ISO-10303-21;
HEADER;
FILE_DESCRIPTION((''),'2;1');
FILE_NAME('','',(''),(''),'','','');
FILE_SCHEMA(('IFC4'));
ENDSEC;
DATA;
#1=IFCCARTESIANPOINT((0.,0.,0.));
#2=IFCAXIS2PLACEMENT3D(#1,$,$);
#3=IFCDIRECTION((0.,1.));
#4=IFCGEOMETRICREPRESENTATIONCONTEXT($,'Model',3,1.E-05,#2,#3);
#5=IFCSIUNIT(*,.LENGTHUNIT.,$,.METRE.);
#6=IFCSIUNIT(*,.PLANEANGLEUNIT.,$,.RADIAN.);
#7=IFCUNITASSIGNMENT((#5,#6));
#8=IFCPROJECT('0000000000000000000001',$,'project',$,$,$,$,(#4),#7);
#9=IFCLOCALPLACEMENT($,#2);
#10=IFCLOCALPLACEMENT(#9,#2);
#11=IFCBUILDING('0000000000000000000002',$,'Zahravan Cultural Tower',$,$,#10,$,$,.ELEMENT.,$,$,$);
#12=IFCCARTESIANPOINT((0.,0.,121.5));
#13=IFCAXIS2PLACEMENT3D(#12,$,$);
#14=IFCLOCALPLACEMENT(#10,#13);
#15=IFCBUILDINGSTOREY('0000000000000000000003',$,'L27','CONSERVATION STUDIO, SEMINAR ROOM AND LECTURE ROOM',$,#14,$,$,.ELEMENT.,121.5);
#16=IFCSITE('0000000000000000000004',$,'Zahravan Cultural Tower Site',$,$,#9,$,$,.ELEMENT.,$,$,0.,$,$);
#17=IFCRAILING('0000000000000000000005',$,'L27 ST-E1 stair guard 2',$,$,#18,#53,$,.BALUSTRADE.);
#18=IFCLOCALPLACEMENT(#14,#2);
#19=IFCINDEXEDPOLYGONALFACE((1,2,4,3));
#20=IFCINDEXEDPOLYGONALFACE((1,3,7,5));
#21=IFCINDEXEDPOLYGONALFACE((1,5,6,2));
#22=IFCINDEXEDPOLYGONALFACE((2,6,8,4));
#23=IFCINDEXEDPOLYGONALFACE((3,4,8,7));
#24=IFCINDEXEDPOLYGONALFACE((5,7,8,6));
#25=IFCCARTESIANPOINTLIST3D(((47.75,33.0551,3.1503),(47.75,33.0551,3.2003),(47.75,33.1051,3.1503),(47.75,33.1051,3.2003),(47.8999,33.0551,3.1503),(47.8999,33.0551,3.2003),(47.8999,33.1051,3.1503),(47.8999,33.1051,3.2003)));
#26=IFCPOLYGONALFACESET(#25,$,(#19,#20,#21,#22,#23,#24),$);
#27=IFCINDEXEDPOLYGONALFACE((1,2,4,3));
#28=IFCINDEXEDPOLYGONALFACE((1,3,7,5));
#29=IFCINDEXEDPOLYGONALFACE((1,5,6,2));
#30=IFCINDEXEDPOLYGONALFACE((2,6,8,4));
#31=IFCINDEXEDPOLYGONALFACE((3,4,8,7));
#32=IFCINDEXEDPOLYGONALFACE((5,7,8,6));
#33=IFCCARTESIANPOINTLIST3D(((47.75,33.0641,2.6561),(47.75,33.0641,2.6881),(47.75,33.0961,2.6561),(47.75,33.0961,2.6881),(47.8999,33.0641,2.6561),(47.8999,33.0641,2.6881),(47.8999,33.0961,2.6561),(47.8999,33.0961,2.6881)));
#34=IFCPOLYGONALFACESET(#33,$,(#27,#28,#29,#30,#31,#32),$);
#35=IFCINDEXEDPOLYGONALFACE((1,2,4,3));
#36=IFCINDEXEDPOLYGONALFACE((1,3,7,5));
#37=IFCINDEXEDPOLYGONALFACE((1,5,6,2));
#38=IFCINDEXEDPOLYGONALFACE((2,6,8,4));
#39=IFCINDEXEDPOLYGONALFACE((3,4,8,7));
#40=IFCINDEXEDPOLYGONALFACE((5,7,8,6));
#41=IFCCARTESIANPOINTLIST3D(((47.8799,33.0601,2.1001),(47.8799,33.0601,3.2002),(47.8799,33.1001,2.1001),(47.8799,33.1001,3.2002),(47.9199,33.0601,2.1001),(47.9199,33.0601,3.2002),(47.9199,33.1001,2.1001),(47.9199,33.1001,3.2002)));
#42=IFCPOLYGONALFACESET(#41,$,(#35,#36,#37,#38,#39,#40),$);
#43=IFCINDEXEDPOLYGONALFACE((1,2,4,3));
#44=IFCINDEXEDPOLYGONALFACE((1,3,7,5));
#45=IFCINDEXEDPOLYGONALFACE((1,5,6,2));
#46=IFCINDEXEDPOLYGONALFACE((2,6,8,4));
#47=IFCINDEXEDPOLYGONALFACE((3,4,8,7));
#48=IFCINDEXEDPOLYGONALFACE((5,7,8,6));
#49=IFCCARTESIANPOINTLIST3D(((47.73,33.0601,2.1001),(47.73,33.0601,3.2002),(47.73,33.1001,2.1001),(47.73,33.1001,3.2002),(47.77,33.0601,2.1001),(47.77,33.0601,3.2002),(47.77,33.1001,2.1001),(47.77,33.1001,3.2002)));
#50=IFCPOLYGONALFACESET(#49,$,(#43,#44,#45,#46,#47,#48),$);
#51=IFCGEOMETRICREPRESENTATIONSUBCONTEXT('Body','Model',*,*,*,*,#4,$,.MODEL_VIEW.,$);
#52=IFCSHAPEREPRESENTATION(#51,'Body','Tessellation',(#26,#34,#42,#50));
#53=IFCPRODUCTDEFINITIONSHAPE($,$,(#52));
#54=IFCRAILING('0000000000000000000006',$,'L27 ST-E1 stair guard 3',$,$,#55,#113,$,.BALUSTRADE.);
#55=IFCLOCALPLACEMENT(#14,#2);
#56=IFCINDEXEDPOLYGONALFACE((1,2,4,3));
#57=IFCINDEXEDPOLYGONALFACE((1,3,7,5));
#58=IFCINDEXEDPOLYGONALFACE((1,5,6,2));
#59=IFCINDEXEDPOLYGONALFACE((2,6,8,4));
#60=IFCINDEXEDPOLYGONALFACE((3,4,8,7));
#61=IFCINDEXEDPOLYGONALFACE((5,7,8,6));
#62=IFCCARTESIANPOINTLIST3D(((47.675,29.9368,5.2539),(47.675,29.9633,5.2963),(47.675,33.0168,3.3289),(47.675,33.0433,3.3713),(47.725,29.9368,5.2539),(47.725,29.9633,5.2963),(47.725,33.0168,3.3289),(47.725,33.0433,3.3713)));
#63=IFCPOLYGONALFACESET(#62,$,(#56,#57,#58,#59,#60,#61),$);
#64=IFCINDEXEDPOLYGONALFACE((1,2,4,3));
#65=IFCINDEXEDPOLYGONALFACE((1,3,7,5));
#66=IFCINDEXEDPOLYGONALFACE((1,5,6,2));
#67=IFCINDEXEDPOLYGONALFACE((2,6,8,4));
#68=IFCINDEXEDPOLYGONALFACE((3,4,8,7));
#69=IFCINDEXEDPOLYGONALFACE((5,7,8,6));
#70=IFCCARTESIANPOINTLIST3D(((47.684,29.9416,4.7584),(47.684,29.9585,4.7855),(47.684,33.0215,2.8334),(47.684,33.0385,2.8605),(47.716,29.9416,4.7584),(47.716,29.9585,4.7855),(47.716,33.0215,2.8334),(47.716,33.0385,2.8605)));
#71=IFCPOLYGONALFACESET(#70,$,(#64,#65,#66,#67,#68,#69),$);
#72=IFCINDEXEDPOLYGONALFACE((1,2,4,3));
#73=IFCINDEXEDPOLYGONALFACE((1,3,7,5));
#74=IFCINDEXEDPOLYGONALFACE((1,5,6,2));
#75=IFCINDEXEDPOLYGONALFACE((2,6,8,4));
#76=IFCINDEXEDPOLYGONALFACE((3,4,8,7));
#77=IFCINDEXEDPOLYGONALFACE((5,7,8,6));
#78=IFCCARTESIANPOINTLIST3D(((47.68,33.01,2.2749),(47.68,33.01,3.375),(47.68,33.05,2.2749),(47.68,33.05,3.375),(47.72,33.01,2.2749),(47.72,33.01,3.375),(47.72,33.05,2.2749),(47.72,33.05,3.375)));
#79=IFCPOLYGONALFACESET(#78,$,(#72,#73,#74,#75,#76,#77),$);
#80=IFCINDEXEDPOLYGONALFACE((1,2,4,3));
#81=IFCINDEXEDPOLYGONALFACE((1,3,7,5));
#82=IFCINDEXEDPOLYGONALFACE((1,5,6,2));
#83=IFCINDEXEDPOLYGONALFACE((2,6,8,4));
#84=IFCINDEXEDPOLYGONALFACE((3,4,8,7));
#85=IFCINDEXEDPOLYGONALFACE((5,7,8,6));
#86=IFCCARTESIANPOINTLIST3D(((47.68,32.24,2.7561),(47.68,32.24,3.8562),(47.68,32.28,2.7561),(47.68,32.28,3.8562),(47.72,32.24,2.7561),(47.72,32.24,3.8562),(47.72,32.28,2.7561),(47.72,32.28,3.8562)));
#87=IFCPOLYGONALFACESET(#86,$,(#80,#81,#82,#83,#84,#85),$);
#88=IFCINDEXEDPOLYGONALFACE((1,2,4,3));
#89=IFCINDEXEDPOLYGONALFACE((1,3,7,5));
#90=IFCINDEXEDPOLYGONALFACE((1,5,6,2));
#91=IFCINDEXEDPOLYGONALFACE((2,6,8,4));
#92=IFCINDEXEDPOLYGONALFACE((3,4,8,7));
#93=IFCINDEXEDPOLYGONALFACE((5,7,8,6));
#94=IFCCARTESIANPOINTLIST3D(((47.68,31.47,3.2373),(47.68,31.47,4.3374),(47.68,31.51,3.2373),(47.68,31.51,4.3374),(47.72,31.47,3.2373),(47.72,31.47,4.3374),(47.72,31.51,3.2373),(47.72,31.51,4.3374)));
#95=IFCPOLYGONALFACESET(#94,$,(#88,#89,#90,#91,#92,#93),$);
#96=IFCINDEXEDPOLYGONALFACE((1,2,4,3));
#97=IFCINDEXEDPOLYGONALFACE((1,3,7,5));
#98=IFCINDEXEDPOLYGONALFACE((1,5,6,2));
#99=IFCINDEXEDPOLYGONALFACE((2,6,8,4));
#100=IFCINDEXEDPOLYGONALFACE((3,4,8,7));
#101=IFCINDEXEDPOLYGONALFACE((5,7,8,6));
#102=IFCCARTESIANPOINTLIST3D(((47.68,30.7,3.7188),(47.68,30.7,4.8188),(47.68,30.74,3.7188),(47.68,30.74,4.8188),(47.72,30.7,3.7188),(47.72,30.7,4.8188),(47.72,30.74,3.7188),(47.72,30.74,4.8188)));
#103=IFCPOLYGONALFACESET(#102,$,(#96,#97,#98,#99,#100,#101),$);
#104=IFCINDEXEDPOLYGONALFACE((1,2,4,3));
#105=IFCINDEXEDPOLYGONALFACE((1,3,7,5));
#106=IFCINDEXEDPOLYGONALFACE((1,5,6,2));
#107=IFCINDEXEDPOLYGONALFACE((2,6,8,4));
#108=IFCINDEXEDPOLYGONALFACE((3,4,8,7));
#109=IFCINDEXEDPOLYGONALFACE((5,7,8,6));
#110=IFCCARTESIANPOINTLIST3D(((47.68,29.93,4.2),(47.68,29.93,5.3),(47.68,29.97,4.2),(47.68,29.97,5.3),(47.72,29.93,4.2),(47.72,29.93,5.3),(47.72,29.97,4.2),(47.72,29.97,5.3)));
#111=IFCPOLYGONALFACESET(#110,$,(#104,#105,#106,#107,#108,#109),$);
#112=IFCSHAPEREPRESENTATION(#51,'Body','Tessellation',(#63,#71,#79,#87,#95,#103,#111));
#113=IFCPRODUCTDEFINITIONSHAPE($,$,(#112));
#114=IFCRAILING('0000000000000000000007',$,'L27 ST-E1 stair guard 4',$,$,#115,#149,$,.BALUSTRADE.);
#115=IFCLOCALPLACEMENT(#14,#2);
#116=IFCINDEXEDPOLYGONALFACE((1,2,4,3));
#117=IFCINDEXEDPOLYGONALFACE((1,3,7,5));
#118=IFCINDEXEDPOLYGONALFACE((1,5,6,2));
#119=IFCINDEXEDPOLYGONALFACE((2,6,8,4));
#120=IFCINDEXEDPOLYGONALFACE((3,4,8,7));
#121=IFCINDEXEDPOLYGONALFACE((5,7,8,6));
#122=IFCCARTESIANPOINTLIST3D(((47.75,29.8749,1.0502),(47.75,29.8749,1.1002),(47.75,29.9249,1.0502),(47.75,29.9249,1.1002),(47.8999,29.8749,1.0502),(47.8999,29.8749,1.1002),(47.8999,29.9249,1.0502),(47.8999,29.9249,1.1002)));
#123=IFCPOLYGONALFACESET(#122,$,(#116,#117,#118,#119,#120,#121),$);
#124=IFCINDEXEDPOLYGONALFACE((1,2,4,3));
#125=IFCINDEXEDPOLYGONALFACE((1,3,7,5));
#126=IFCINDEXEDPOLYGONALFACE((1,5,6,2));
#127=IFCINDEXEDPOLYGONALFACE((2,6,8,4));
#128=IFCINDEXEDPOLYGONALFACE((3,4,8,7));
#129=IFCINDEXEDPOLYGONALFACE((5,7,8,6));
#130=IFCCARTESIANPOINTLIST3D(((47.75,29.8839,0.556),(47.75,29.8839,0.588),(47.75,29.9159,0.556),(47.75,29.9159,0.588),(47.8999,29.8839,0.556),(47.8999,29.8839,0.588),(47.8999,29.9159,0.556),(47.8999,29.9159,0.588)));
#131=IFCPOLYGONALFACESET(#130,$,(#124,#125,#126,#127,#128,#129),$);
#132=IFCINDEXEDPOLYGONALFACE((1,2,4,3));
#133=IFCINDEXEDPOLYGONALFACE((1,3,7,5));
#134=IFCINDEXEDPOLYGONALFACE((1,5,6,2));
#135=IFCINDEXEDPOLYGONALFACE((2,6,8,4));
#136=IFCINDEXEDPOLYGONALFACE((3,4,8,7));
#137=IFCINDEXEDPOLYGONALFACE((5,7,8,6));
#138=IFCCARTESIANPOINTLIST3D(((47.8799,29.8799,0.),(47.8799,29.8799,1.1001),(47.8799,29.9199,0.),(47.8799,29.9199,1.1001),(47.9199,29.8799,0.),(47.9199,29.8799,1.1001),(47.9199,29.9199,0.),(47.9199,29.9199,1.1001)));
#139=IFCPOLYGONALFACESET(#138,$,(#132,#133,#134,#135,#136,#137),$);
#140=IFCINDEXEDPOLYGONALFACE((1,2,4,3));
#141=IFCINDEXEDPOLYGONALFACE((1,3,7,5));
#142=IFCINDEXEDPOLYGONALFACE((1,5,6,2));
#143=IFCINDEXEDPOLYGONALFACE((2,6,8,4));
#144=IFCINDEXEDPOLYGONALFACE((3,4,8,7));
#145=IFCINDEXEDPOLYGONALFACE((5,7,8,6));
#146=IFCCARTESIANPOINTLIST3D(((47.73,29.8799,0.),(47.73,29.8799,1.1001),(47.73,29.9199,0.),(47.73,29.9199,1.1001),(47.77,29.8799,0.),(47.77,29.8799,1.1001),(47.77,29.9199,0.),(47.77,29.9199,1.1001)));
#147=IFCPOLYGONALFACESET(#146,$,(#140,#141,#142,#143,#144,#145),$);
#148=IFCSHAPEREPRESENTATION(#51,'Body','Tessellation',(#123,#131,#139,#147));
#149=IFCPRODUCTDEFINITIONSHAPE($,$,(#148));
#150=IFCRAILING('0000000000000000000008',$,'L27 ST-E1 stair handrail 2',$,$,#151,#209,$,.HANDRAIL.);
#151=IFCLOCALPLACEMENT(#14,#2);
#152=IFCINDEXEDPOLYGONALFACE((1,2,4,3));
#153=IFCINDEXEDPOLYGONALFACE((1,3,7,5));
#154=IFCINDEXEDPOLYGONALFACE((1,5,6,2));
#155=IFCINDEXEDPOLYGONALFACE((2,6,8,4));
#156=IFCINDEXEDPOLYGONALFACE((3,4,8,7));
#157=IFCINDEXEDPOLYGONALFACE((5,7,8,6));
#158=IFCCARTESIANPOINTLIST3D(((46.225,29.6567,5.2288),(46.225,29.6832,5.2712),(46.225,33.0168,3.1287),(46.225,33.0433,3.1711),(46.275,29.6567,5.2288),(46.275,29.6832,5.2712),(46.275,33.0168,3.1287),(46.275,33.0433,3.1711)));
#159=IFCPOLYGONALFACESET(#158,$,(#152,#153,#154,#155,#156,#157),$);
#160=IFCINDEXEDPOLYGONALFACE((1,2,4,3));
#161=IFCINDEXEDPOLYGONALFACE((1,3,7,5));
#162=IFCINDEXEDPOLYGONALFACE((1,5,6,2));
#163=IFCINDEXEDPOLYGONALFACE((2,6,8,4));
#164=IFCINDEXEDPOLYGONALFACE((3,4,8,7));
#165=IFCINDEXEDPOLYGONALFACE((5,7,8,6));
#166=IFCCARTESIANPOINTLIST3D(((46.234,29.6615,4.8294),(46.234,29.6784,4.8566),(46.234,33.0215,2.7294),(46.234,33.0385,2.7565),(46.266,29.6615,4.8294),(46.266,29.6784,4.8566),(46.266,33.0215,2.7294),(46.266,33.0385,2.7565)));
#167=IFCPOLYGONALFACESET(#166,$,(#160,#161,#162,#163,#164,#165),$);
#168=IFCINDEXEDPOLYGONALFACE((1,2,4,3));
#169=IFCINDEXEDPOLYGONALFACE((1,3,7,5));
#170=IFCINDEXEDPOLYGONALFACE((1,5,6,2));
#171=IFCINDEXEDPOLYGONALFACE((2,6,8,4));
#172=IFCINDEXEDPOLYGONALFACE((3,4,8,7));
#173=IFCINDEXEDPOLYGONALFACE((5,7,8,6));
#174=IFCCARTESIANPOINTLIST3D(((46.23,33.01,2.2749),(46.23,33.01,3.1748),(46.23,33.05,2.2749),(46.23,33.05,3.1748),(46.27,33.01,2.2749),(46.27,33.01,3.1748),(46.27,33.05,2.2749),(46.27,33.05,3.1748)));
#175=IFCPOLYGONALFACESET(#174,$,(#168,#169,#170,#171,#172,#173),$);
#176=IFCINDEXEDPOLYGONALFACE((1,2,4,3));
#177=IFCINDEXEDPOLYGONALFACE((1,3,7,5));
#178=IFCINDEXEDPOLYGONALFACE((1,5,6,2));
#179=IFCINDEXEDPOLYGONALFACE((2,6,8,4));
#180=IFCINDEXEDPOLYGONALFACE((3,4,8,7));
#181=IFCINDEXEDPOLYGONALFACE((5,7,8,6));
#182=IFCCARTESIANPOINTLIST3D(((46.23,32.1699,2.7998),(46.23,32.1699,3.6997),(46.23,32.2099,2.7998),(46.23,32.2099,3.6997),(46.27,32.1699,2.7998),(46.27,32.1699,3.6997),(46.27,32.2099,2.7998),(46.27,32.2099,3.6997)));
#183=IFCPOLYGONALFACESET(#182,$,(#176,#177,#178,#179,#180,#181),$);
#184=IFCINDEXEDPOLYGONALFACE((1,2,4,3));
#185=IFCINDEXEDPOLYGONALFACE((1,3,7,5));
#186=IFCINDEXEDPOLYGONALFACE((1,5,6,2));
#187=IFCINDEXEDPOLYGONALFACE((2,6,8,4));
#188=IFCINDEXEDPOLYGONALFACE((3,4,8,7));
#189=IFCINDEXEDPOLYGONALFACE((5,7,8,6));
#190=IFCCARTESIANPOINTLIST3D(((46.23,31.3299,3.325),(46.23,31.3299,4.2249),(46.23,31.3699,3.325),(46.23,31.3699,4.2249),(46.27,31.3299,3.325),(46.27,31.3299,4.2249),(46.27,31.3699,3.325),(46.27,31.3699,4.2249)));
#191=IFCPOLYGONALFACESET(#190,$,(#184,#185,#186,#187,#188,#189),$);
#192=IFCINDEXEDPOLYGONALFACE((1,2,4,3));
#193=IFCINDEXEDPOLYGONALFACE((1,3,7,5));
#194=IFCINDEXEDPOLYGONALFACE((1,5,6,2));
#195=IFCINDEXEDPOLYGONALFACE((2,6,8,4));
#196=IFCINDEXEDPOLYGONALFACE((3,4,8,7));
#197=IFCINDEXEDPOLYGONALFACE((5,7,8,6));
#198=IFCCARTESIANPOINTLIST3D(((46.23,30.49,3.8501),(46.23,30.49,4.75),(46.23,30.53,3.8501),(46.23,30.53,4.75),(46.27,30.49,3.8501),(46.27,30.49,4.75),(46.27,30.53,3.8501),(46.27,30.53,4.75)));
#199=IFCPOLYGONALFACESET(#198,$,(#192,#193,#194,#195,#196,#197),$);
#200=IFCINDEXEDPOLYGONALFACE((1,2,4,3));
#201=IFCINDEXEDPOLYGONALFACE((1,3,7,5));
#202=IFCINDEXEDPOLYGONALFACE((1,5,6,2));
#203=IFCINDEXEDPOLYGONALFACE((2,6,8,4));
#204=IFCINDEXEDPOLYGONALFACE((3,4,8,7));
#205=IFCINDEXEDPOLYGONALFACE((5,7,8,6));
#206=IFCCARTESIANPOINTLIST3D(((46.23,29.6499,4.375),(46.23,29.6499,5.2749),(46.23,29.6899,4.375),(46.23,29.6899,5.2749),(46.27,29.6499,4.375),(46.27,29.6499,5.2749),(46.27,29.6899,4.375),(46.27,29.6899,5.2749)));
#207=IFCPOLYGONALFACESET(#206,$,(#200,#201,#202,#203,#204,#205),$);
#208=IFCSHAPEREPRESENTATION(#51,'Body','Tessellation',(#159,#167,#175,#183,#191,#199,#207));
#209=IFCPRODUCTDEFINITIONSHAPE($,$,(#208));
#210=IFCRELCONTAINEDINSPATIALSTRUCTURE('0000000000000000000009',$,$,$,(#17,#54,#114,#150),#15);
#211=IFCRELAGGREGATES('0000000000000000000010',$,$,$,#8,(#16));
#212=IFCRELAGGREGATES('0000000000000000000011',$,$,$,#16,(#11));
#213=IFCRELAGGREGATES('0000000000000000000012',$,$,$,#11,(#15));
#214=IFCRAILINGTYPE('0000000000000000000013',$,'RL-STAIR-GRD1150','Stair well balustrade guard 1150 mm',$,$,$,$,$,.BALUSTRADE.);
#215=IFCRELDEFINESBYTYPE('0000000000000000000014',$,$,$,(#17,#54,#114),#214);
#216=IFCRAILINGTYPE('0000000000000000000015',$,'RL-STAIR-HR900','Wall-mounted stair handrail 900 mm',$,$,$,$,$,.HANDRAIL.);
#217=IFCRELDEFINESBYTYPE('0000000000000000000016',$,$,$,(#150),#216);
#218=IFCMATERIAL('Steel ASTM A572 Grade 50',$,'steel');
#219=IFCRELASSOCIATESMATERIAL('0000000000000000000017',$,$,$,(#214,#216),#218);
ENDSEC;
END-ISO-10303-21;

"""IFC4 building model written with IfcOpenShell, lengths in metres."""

from ifc_helpers import new_model, si_unit, direction, frame, origin, origin_2d, place, context, subcontext, project, spatial, rectangle, extrude, material, type_object, element, save


model = new_model("IFC4")

# Units and contexts
model_context = context("Model", 3, precision=1e-05, world=origin(), true_north=direction((0.0, 1.0)))
body_context = subcontext(model_context, "Body", "Model", "MODEL_VIEW")
ifc_project = project(units=[si_unit("LENGTHUNIT", "METRE"), si_unit("PLANEANGLEUNIT", "RADIAN")], contexts=[model_context])

# Site, building, storey
site_placement = place(None, origin())
site = spatial("IfcSite", under=ifc_project, at=site_placement, Name="Zahravan Cultural Tower Site", CompositionType="ELEMENT", RefElevation=0.0)
building_placement = place(site_placement, origin())
building = spatial("IfcBuilding", under=site, at=building_placement, Name="Zahravan Cultural Tower", CompositionType="ELEMENT")
storey_placement = place(building_placement, frame((0.0, 0.0, 121.5)))
storey = spatial("IfcBuildingStorey", under=building, at=storey_placement, Name="L27", Description="CONSERVATION STUDIO, SEMINAR ROOM AND LECTURE ROOM", CompositionType="ELEMENT", Elevation=121.5)

# Shared definitions
ifc_material_1 = material(Name="Steel ASTM A572 Grade 50", Category="steel")

# Railings
railing_type_1 = type_object("IfcRailingType", Name="RL-STAIR-GRD1150", Description="Stair well balustrade guard 1150 mm", PredefinedType="BALUSTRADE", material=ifc_material_1)
railing_1_placement = place(storey_placement, frame((47.8999, 33.0801, 2.1001)))
element("IfcRailing", 1, at=railing_1_placement, inside=storey, type_object=railing_type_1, Name="L27 ST-E1 stair guard 2", PredefinedType="BALUSTRADE", context=body_context, shape_type="SweptSolid", body=[
    extrude(rectangle(XDim=0.05, YDim=0.05, at=origin_2d()), frame((0.0, 0.0, 1.0752), z_axis=(-1.0, 0.0, 0.0), x_axis=(0.0, -1.0, 0.0)), (0.0, 0.0, 1.0), 0.1499),
    extrude(rectangle(XDim=0.032, YDim=0.032, at=origin_2d()), frame((0.0, 0.0, 0.572), z_axis=(-1.0, 0.0, 0.0), x_axis=(0.0, -1.0, 0.0)), (0.0, 0.0, 1.0), 0.1499),
    extrude(rectangle(XDim=0.04, YDim=0.04, at=origin_2d()), origin(), (0.0, 0.0, 1.0), 1.1001),
    extrude(rectangle(XDim=0.04, YDim=0.04, at=origin_2d()), frame((-0.1499, 0.0, 0.0)), (0.0, 0.0, 1.0), 1.1001),
])
railing_2_placement = place(storey_placement, frame((47.7, 33.03, 2.2749)))
element("IfcRailing", 2, at=railing_2_placement, inside=storey, type_object=railing_type_1, Name="L27 ST-E1 stair guard 3", PredefinedType="BALUSTRADE", context=body_context, shape_type="SweptSolid", body=[
    extrude(rectangle(XDim=0.05, YDim=0.05, at=origin_2d()), frame((0.0, 0.0, 1.0752), z_axis=(0.0, -0.847998, 0.529999), x_axis=(1.0, 0.0, 0.0)), (0.0, 0.0, 1.0), 3.6321),
    extrude(rectangle(XDim=0.032, YDim=0.032, at=origin_2d()), frame((0.0, 0.0, 0.572), z_axis=(0.0, -0.847998, 0.529999), x_axis=(1.0, 0.0, 0.0)), (0.0, 0.0, 1.0), 3.6321),
    extrude(rectangle(XDim=0.04, YDim=0.04, at=origin_2d()), origin(), (0.0, 0.0, 1.0), 1.1001),
    extrude(rectangle(XDim=0.04, YDim=0.04, at=origin_2d()), frame((0.0, -0.77, 0.4812)), (0.0, 0.0, 1.0), 1.1001),
    extrude(rectangle(XDim=0.04, YDim=0.04, at=origin_2d()), frame((0.0, -1.54, 0.9624)), (0.0, 0.0, 1.0), 1.1001),
    extrude(rectangle(XDim=0.04, YDim=0.04, at=origin_2d()), frame((0.0, -2.3101, 1.4438)), (0.0, 0.0, 1.0), 1.1001),
    extrude(rectangle(XDim=0.04, YDim=0.04, at=origin_2d()), frame((0.0, -3.0801, 1.925)), (0.0, 0.0, 1.0), 1.1001),
])
railing_3_placement = place(storey_placement, frame((47.8999, 29.8999, 0.0)))
element("IfcRailing", 3, at=railing_3_placement, inside=storey, type_object=railing_type_1, Name="L27 ST-E1 stair guard 4", PredefinedType="BALUSTRADE", context=body_context, shape_type="SweptSolid", body=[
    extrude(rectangle(XDim=0.05, YDim=0.05, at=origin_2d()), frame((0.0, 0.0, 1.0752), z_axis=(-1.0, 0.0, 0.0), x_axis=(0.0, -1.0, 0.0)), (0.0, 0.0, 1.0), 0.1499),
    extrude(rectangle(XDim=0.032, YDim=0.032, at=origin_2d()), frame((0.0, 0.0, 0.572), z_axis=(-1.0, 0.0, 0.0), x_axis=(0.0, -1.0, 0.0)), (0.0, 0.0, 1.0), 0.1499),
    extrude(rectangle(XDim=0.04, YDim=0.04, at=origin_2d()), origin(), (0.0, 0.0, 1.0), 1.1001),
    extrude(rectangle(XDim=0.04, YDim=0.04, at=origin_2d()), frame((-0.1499, 0.0, 0.0)), (0.0, 0.0, 1.0), 1.1001),
])
railing_type_2 = type_object("IfcRailingType", Name="RL-STAIR-HR900", Description="Wall-mounted stair handrail 900 mm", PredefinedType="HANDRAIL", material=ifc_material_1)
railing_4_placement = place(storey_placement, frame((46.25, 33.03, 2.2749)))
element("IfcRailing", 4, at=railing_4_placement, inside=storey, type_object=railing_type_2, Name="L27 ST-E1 stair handrail 2", PredefinedType="HANDRAIL", context=body_context, shape_type="SweptSolid", body=[
    extrude(rectangle(XDim=0.05, YDim=0.05, at=origin_2d()), frame((0.0, 0.0, 0.875), z_axis=(0.0, -0.847995, 0.530004), x_axis=(1.0, 0.0, 0.0)), (0.0, 0.0, 1.0), 3.9624),
    extrude(rectangle(XDim=0.032, YDim=0.032, at=origin_2d()), frame((0.0, 0.0, 0.468), z_axis=(0.0, -0.847995, 0.530004), x_axis=(1.0, 0.0, 0.0)), (0.0, 0.0, 1.0), 3.9624),
    extrude(rectangle(XDim=0.04, YDim=0.04, at=origin_2d()), origin(), (0.0, 0.0, 1.0), 0.8999),
    extrude(rectangle(XDim=0.04, YDim=0.04, at=origin_2d()), frame((0.0, -0.8401, 0.5249)), (0.0, 0.0, 1.0), 0.8999),
    extrude(rectangle(XDim=0.04, YDim=0.04, at=origin_2d()), frame((0.0, -1.6802, 1.05)), (0.0, 0.0, 1.0), 0.8999),
    extrude(rectangle(XDim=0.04, YDim=0.04, at=origin_2d()), frame((0.0, -2.52, 1.5752)), (0.0, 0.0, 1.0), 0.8999),
    extrude(rectangle(XDim=0.04, YDim=0.04, at=origin_2d()), frame((0.0, -3.3601, 2.1001)), (0.0, 0.0, 1.0), 0.8999),
])

save(model, "model.ifc")
